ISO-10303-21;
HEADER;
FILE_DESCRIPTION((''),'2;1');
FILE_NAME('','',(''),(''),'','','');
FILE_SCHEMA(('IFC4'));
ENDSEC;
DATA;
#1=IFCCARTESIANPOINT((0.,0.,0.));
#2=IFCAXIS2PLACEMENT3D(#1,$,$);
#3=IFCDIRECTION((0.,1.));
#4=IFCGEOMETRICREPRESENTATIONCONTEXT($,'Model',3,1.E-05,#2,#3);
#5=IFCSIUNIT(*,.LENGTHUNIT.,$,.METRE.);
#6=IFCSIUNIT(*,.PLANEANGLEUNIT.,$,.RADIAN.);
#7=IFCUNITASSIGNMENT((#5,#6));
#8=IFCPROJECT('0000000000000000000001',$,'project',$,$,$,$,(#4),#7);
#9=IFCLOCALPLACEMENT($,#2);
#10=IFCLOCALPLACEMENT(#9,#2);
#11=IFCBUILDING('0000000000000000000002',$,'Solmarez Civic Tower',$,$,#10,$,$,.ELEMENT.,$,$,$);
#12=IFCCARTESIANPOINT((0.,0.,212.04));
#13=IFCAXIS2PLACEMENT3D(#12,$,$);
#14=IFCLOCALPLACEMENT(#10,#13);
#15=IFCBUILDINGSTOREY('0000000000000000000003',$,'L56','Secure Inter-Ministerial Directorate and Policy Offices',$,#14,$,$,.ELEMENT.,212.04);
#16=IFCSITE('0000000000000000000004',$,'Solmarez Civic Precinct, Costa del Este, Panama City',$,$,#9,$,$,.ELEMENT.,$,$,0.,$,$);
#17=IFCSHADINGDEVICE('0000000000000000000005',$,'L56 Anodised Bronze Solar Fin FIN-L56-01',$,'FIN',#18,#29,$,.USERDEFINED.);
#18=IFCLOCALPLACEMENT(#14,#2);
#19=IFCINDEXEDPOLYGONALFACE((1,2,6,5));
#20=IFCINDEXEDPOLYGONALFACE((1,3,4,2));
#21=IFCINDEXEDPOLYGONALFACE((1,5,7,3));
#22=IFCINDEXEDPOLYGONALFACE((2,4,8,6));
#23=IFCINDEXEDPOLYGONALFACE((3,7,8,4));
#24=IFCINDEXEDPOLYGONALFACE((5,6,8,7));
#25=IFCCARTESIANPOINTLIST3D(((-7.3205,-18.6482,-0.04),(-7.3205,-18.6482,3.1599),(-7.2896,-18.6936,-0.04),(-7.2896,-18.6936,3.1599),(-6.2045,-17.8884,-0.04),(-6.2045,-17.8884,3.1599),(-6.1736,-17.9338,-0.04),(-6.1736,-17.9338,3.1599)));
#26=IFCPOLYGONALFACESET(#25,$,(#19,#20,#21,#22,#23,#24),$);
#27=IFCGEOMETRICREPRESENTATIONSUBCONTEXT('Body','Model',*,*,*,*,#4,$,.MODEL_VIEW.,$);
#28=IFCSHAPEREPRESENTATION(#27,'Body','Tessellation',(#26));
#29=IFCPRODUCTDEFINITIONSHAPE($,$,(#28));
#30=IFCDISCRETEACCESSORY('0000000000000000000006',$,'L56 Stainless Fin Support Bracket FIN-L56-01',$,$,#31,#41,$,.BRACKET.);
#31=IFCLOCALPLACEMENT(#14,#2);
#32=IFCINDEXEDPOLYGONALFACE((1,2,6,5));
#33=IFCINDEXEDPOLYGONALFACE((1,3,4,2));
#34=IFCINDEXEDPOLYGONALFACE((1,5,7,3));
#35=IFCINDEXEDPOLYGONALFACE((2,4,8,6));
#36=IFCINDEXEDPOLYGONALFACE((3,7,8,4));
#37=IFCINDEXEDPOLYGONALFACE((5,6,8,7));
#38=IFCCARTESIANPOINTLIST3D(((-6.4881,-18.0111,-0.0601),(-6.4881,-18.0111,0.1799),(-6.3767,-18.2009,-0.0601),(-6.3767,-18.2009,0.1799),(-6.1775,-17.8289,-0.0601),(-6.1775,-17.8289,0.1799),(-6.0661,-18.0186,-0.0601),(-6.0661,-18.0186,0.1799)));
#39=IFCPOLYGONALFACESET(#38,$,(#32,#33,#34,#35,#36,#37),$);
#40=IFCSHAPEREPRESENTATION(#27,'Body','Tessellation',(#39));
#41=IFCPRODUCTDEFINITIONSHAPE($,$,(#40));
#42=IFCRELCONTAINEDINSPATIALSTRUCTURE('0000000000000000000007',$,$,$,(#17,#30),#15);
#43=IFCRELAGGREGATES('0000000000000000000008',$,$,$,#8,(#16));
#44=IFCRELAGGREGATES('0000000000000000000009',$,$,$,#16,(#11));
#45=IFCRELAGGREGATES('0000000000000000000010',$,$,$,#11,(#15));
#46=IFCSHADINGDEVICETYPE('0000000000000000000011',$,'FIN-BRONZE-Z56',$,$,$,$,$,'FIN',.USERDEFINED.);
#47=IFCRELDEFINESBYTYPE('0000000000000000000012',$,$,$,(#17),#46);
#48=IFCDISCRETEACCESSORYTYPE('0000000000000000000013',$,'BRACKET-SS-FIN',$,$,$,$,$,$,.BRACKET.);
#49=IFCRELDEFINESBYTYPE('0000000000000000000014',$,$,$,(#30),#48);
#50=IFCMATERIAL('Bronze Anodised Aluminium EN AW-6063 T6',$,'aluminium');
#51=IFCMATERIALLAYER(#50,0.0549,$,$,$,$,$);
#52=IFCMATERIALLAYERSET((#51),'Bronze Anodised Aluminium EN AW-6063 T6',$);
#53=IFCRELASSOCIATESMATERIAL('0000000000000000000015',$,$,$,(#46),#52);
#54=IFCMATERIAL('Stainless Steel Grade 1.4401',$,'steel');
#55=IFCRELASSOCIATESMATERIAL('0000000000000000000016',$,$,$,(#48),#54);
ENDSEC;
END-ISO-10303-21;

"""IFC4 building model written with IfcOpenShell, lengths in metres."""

from ifc_helpers import new_model, si_unit, direction, frame, origin, origin_2d, place, context, subcontext, project, spatial, rectangle, extrude, material, layer, layer_set, type_object, element, save


model = new_model("IFC4")

# Units and contexts
model_context = context("Model", 3, precision=1e-05, world=origin(), true_north=direction((0.0, 1.0)))
body_context = subcontext(model_context, "Body", "Model", "MODEL_VIEW")
ifc_project = project(units=[si_unit("LENGTHUNIT", "METRE"), si_unit("PLANEANGLEUNIT", "RADIAN")], contexts=[model_context])

# Site, building, storey
site_placement = place(None, origin())
site = spatial("IfcSite", under=ifc_project, at=site_placement, Name="Solmarez Civic Precinct, Costa del Este, Panama City", CompositionType="ELEMENT", RefElevation=0.0)
building_placement = place(site_placement, origin())
building = spatial("IfcBuilding", under=site, at=building_placement, Name="Solmarez Civic Tower", CompositionType="ELEMENT")
storey_placement = place(building_placement, frame((0.0, 0.0, 212.04)))
storey = spatial("IfcBuildingStorey", under=building, at=storey_placement, Name="L56", Description="Secure Inter-Ministerial Directorate and Policy Offices", CompositionType="ELEMENT", Elevation=212.04)

# Shading device
ifc_material_1 = material(Name="Bronze Anodised Aluminium EN AW-6063 T6", Category="aluminium")
ifc_layer_1 = layer(ifc_material_1, 0.0549)
ifc_layer_set_1 = layer_set([ifc_layer_1], Name="Bronze Anodised Aluminium EN AW-6063 T6")
shading_device_type = type_object("IfcShadingDeviceType", Name="FIN-BRONZE-Z56", ElementType="FIN", PredefinedType="USERDEFINED", material=ifc_layer_set_1)
shading_device_placement = place(storey_placement, frame((-6.7471, -18.291, -0.04), z_axis=(0.0, 0.0, 1.0), x_axis=(-0.82658, -0.562819, 0.0)))
element("IfcShadingDevice", 1, at=shading_device_placement, inside=storey, type_object=shading_device_type, Name="L56 Anodised Bronze Solar Fin FIN-L56-01", ObjectType="FIN", PredefinedType="USERDEFINED", context=body_context, shape_type="SweptSolid", body=[
    extrude(rectangle(XDim=1.3501, YDim=0.0549, at=origin_2d()), origin(), (0.0, 0.0, 1.0), 3.2),
])

# Discrete accessory
ifc_material_2 = material(Name="Stainless Steel Grade 1.4401", Category="steel")
discrete_accessory_type = type_object("IfcDiscreteAccessoryType", Name="BRACKET-SS-FIN", PredefinedType="BRACKET", material=ifc_material_2)
discrete_accessory_placement = place(storey_placement, frame((-6.2771, -18.0149, -0.0601), z_axis=(0.0, 0.0, 1.0), x_axis=(-0.862509, -0.506042, 0.0)))
element("IfcDiscreteAccessory", 2, at=discrete_accessory_placement, inside=storey, type_object=discrete_accessory_type, Name="L56 Stainless Fin Support Bracket FIN-L56-01", PredefinedType="BRACKET", context=body_context, shape_type="SweptSolid", body=[
    extrude(rectangle(XDim=0.3601, YDim=0.22, at=origin_2d()), origin(), (0.0, 0.0, 1.0), 0.24),
])

save(model, "model.ifc")
